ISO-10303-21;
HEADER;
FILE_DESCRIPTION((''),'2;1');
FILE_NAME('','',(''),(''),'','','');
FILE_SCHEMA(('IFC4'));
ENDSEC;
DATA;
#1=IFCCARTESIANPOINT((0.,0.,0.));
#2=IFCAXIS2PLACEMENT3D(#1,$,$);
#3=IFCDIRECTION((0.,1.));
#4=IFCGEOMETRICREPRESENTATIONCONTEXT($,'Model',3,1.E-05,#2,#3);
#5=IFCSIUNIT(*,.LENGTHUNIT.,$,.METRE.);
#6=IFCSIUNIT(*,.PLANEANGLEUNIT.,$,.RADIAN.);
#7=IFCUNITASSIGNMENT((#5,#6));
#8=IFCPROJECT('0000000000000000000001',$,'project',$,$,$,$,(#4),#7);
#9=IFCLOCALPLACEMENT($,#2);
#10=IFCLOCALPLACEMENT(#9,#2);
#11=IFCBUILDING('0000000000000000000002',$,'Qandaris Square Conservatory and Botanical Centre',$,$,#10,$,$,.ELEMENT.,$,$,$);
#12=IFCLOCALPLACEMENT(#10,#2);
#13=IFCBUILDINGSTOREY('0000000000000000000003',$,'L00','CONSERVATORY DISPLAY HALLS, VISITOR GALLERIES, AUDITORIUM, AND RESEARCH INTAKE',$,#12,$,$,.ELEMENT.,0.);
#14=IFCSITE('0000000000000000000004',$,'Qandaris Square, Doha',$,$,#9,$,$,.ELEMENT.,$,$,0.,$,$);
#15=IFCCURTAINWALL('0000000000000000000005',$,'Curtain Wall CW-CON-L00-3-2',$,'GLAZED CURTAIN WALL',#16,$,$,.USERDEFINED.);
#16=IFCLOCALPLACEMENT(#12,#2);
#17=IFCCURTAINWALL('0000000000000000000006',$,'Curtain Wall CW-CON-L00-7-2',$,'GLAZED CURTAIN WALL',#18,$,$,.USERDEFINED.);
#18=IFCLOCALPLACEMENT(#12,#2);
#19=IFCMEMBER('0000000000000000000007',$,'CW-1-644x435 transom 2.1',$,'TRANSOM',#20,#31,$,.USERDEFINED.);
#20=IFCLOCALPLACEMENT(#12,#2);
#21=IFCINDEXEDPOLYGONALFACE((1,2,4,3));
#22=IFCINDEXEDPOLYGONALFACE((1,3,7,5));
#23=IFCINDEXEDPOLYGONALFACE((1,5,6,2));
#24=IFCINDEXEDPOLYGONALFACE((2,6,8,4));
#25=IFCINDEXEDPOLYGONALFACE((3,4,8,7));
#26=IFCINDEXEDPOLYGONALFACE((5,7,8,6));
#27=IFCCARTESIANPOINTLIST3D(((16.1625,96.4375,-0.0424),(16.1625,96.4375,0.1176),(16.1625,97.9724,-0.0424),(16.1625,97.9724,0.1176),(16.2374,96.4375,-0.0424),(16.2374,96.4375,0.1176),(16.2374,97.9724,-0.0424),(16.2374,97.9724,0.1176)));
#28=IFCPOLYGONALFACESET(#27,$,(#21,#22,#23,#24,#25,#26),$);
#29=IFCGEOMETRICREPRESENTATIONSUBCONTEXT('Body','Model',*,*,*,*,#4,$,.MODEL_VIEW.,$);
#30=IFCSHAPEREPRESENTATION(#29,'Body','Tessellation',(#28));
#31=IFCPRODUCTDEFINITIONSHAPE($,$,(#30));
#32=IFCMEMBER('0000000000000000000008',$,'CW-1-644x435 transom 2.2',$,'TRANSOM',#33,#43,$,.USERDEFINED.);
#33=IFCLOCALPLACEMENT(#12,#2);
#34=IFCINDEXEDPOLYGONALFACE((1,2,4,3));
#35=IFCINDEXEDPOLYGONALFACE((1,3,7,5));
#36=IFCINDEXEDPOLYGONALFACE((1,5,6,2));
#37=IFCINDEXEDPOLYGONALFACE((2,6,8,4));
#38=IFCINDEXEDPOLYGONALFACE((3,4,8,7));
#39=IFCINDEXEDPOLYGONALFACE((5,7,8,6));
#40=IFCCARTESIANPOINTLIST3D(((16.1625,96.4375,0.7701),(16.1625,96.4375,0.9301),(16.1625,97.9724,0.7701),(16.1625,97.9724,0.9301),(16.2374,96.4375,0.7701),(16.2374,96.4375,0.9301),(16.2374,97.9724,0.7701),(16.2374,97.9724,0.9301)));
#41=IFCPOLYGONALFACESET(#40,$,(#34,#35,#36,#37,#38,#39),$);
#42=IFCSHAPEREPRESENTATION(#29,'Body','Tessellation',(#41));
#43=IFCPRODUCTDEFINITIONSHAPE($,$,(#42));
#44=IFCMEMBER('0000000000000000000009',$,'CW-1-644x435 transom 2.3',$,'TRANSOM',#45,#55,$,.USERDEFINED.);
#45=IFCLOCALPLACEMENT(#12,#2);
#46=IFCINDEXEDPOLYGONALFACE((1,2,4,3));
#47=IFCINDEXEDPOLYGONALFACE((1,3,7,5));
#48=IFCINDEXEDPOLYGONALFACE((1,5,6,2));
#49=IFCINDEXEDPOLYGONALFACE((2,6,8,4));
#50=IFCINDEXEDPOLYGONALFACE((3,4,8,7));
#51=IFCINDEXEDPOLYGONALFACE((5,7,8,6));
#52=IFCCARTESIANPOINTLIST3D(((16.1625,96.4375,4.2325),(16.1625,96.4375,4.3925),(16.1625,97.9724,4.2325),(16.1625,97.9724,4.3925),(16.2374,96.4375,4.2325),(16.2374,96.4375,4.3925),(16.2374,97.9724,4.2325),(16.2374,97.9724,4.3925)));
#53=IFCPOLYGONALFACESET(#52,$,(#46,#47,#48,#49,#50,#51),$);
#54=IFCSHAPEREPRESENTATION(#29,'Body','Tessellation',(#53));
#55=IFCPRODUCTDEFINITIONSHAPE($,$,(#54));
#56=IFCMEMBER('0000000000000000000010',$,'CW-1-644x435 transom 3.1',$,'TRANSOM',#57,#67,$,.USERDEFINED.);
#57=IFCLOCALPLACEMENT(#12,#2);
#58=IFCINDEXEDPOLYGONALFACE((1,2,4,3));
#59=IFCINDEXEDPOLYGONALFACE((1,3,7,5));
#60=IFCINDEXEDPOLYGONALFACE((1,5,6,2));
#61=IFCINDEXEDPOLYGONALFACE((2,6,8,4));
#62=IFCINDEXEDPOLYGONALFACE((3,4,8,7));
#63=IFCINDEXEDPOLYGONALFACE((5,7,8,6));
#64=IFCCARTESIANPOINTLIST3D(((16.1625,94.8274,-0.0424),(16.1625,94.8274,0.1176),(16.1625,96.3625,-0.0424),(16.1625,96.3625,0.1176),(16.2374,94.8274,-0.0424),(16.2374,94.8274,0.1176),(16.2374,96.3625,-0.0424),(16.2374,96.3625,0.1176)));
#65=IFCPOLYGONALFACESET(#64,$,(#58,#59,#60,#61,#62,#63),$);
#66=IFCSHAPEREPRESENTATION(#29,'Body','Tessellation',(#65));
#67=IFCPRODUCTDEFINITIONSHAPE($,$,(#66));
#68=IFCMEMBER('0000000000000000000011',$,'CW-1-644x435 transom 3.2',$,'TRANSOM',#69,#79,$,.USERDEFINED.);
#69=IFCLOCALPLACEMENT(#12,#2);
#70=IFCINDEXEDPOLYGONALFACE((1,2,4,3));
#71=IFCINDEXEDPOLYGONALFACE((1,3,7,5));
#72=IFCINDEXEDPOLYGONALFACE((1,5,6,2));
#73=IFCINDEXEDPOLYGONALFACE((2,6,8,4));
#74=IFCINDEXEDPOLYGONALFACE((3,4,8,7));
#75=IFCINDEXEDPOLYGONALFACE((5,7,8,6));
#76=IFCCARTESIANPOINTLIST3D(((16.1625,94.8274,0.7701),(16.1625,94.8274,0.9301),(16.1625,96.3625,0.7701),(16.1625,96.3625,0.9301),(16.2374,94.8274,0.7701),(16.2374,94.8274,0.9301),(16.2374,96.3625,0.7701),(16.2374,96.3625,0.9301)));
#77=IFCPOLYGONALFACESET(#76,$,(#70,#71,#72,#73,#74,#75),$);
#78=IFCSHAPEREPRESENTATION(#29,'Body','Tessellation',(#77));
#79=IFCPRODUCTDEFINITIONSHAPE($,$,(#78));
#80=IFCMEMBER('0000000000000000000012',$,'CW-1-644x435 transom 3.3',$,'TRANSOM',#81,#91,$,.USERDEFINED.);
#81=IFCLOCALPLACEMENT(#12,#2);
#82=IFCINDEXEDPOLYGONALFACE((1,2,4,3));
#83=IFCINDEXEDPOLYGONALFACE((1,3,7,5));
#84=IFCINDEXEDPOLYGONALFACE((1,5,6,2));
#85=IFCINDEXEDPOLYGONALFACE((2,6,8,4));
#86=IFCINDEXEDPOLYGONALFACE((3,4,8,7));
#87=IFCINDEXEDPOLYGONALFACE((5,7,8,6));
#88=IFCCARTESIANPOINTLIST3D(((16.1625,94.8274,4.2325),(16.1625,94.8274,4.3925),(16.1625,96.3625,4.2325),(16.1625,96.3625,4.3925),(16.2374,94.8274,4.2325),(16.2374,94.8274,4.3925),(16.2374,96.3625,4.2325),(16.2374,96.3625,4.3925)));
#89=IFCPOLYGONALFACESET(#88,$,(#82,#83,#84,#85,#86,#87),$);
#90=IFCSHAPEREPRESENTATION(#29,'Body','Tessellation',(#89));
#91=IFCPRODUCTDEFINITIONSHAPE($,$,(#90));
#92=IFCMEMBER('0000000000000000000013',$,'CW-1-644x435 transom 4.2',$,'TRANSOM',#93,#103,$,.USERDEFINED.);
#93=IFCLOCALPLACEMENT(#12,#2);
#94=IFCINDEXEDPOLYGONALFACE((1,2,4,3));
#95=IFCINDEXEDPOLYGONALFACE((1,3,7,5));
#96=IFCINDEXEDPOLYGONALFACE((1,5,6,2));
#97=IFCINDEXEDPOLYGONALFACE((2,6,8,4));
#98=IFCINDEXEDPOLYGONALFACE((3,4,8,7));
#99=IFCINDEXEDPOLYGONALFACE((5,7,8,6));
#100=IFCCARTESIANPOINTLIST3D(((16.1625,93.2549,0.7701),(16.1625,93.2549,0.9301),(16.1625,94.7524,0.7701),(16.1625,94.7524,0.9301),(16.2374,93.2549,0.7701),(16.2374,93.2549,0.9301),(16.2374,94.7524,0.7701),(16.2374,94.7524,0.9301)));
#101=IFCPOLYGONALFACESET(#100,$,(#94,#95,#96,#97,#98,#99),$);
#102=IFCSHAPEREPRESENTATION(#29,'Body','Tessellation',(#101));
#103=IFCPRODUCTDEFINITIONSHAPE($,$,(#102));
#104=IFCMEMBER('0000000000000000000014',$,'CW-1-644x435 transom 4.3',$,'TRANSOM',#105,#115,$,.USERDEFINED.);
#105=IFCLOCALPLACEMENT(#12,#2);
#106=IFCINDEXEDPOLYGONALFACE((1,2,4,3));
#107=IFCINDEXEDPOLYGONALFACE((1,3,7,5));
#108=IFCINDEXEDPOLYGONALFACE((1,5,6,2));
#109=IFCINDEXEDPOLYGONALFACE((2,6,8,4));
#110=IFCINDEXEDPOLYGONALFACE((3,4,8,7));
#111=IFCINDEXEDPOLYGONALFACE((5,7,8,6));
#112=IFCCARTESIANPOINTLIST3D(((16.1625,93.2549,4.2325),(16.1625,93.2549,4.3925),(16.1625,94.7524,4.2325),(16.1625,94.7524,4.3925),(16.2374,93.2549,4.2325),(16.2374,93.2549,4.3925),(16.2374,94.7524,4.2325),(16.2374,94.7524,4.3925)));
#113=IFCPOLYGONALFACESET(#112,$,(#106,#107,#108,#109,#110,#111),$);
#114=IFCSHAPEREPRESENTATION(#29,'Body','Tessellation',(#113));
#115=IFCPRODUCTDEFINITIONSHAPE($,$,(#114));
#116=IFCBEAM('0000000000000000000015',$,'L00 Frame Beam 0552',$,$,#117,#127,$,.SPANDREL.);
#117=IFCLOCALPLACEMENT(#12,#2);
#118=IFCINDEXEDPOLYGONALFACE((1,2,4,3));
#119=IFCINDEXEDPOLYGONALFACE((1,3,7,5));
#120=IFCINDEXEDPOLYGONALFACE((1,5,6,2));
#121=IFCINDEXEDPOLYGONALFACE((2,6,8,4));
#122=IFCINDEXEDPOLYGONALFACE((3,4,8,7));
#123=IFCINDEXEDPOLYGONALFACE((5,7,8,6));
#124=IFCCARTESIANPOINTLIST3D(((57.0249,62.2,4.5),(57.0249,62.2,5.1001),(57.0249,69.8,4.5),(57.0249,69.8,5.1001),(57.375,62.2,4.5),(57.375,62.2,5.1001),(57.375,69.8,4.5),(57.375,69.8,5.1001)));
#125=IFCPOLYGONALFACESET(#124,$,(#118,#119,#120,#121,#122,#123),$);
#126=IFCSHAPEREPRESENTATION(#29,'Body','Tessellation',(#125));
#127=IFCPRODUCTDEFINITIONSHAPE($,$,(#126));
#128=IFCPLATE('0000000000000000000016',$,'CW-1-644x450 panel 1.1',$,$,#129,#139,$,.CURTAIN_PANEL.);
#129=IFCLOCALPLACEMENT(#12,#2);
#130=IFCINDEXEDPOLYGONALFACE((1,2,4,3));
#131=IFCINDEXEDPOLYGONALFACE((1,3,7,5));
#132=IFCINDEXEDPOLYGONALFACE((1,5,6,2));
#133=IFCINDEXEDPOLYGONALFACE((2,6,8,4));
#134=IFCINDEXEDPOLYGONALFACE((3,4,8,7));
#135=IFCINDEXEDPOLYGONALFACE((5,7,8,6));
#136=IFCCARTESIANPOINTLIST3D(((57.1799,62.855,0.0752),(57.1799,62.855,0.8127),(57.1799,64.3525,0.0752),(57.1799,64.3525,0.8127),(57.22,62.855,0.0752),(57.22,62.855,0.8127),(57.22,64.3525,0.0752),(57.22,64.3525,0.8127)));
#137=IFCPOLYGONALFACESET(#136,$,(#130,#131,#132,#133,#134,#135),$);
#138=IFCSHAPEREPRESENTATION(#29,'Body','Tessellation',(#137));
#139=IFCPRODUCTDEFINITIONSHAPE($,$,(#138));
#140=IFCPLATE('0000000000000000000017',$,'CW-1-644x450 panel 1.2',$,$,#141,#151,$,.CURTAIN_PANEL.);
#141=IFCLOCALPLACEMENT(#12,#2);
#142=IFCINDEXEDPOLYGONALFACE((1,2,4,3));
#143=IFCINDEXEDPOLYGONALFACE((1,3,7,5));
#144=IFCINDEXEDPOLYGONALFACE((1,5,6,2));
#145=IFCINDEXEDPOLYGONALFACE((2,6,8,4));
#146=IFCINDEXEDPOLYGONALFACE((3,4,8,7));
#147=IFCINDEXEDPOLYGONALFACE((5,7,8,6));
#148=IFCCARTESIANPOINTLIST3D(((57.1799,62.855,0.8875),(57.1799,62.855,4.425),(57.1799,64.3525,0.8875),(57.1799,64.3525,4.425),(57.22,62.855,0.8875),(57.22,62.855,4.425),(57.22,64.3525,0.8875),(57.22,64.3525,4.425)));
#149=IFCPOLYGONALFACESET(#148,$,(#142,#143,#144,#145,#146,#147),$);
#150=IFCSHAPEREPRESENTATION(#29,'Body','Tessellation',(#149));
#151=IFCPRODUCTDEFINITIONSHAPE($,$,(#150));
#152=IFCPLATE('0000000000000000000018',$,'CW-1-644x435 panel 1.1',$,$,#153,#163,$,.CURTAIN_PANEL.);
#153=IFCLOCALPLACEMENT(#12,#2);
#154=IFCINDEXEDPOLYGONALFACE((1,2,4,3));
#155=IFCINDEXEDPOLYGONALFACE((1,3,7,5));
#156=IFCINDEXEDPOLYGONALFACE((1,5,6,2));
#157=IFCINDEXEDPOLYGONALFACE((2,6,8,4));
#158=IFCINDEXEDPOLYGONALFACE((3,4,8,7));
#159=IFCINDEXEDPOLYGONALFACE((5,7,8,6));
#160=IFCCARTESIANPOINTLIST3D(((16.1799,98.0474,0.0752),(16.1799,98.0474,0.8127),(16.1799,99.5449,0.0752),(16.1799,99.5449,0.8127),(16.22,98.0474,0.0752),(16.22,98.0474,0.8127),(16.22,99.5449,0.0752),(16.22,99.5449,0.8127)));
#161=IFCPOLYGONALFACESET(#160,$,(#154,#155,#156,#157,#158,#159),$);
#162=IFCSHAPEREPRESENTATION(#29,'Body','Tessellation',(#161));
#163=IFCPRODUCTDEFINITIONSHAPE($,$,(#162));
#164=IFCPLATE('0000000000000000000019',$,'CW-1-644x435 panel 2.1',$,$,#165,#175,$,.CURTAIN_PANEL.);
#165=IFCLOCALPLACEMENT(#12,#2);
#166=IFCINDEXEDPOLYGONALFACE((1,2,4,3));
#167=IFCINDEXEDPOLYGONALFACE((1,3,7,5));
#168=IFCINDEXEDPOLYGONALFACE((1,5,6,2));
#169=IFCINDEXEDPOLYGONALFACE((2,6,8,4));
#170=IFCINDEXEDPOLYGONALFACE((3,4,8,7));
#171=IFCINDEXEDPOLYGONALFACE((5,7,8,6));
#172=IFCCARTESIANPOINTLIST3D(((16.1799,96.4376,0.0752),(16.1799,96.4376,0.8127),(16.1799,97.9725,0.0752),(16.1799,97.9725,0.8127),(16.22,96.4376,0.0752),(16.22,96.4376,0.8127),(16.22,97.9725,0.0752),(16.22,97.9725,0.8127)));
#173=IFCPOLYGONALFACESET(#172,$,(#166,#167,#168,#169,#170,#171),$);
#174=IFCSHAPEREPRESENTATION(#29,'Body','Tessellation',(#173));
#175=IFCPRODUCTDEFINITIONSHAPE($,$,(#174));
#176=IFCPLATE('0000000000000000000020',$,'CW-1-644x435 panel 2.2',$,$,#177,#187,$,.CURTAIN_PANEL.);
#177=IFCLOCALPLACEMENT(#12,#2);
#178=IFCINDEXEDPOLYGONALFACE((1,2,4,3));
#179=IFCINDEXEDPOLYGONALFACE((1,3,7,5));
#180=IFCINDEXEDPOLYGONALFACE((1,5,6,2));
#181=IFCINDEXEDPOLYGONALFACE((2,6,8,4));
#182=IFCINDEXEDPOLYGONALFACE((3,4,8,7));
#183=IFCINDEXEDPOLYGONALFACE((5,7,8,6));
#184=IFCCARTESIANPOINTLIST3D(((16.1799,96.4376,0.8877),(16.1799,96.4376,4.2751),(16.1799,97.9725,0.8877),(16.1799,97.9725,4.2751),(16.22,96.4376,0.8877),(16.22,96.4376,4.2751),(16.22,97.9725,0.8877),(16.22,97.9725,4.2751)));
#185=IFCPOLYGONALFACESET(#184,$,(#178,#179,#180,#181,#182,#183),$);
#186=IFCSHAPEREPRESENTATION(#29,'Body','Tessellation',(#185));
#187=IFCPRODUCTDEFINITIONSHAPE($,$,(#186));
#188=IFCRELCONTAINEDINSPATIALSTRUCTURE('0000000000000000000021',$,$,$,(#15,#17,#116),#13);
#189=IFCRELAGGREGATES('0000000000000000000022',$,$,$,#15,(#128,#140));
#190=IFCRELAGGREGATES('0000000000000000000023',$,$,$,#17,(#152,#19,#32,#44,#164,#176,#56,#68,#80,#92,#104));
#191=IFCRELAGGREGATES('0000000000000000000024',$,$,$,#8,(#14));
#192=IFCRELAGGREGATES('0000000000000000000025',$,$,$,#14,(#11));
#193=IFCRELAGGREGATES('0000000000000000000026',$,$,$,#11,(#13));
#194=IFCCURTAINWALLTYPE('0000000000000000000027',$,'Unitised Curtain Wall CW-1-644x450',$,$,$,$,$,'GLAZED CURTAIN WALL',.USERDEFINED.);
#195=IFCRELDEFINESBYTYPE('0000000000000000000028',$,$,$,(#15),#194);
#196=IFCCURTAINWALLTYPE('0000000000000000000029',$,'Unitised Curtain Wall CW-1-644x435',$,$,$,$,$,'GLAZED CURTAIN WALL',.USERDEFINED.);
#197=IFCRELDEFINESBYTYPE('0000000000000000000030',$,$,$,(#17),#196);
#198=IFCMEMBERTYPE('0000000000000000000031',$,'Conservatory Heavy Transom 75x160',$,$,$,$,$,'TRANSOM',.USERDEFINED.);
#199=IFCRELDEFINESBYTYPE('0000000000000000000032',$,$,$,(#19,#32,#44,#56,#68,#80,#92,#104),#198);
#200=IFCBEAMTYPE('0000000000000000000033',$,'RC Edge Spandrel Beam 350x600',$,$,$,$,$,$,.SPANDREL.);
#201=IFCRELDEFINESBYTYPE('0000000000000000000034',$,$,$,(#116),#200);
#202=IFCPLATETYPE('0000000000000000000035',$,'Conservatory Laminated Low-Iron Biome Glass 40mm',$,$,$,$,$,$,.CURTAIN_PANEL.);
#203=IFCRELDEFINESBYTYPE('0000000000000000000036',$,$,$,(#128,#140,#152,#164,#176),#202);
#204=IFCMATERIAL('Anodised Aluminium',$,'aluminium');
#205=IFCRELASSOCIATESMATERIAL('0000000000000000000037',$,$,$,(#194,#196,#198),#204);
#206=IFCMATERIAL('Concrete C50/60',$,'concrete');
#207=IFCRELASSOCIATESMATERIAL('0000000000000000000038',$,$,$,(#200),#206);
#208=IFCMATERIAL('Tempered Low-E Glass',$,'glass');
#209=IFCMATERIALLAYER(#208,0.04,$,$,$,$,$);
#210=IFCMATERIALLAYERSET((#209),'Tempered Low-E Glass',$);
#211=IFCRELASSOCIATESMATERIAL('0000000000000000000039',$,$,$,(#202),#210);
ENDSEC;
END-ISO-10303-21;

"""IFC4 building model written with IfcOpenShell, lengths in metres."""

from ifc_helpers import new_model, si_unit, direction, frame, origin, origin_2d, place, context, subcontext, project, spatial, rectangle, extrude, material, layer, layer_set, material_profile, profile_set, type_object, element, aggregate, save


model = new_model("IFC4")

# Units and contexts
model_context = context("Model", 3, precision=1e-05, world=origin(), true_north=direction((0.0, 1.0)))
body_context = subcontext(model_context, "Body", "Model", "MODEL_VIEW")
ifc_project = project(units=[si_unit("LENGTHUNIT", "METRE"), si_unit("PLANEANGLEUNIT", "RADIAN")], contexts=[model_context])

# Site, building, storey
site_placement = place(None, origin())
site = spatial("IfcSite", under=ifc_project, at=site_placement, Name="Qandaris Square, Doha", CompositionType="ELEMENT", RefElevation=0.0)
building_placement = place(site_placement, origin())
building = spatial("IfcBuilding", under=site, at=building_placement, Name="Qandaris Square Conservatory and Botanical Centre", CompositionType="ELEMENT")
storey_placement = place(building_placement, origin())
storey = spatial("IfcBuildingStorey", under=building, at=storey_placement, Name="L00", Description="CONSERVATORY DISPLAY HALLS, VISITOR GALLERIES, AUDITORIUM, AND RESEARCH INTAKE", CompositionType="ELEMENT", Elevation=0.0)

# Shared definitions
ifc_material_1 = material(Name="Concrete C50/60", Category="concrete")

# Curtain walls
ifc_material_2 = material(Name="Anodised Aluminium", Category="aluminium")
curtain_wall_type_1 = type_object("IfcCurtainWallType", Name="Unitised Curtain Wall CW-1-644x450", ElementType="GLAZED CURTAIN WALL", PredefinedType="USERDEFINED", material=ifc_material_2)
curtain_wall_1_placement = place(storey_placement, origin())
curtain_wall_1 = element("IfcCurtainWall", 1, at=curtain_wall_1_placement, inside=storey, type_object=curtain_wall_type_1, Name="Curtain Wall CW-CON-L00-3-2", ObjectType="GLAZED CURTAIN WALL", PredefinedType="USERDEFINED")
curtain_wall_type_2 = type_object("IfcCurtainWallType", Name="Unitised Curtain Wall CW-1-644x435", ElementType="GLAZED CURTAIN WALL", PredefinedType="USERDEFINED", material=ifc_material_2)
curtain_wall_2_placement = place(storey_placement, origin())
curtain_wall_2 = element("IfcCurtainWall", 2, at=curtain_wall_2_placement, inside=storey, type_object=curtain_wall_type_2, Name="Curtain Wall CW-CON-L00-7-2", ObjectType="GLAZED CURTAIN WALL", PredefinedType="USERDEFINED")

# Members
ifc_material_profile_1 = material_profile(ifc_material_2, rectangle(XDim=0.075, YDim=0.1599, at=origin_2d()), Name="ALU-TRN 75x160")
ifc_profile_set_1 = profile_set([ifc_material_profile_1], Name="Anodised Aluminium")
member_type_1 = type_object("IfcMemberType", Name="Conservatory Heavy Transom 75x160", ElementType="TRANSOM", PredefinedType="USERDEFINED", material=ifc_profile_set_1)
member_1_placement = place(storey_placement, frame((16.2, 97.9724, 0.0376), z_axis=(0.0, -1.0, 0.0), x_axis=(1.0, 0.0, 0.0)))
member_1 = element("IfcMember", 3, at=member_1_placement, type_object=member_type_1, Name="CW-1-644x435 transom 2.1", ObjectType="TRANSOM", PredefinedType="USERDEFINED", context=body_context, shape_type="SweptSolid", body=[
    extrude(rectangle(XDim=0.075, YDim=0.1599, at=origin_2d()), origin(), (0.0, 0.0, 1.0), 1.5349),
])
member_2_placement = place(storey_placement, frame((16.2, 97.9724, 0.8501), z_axis=(0.0, -1.0, 0.0), x_axis=(1.0, 0.0, 0.0)))
member_2 = element("IfcMember", 4, at=member_2_placement, type_object=member_type_1, Name="CW-1-644x435 transom 2.2", ObjectType="TRANSOM", PredefinedType="USERDEFINED", context=body_context, shape_type="SweptSolid", body=[
    extrude(rectangle(XDim=0.075, YDim=0.1599, at=origin_2d()), origin(), (0.0, 0.0, 1.0), 1.5349),
])
member_3_placement = place(storey_placement, frame((16.2, 97.9724, 4.3125), z_axis=(0.0, -1.0, 0.0), x_axis=(1.0, 0.0, 0.0)))
member_3 = element("IfcMember", 5, at=member_3_placement, type_object=member_type_1, Name="CW-1-644x435 transom 2.3", ObjectType="TRANSOM", PredefinedType="USERDEFINED", context=body_context, shape_type="SweptSolid", body=[
    extrude(rectangle(XDim=0.075, YDim=0.1599, at=origin_2d()), origin(), (0.0, 0.0, 1.0), 1.5349),
])
member_4_placement = place(storey_placement, frame((16.2, 96.3625, 0.0376), z_axis=(0.0, -1.0, 0.0), x_axis=(1.0, 0.0, 0.0)))
member_4 = element("IfcMember", 6, at=member_4_placement, type_object=member_type_1, Name="CW-1-644x435 transom 3.1", ObjectType="TRANSOM", PredefinedType="USERDEFINED", context=body_context, shape_type="SweptSolid", body=[
    extrude(rectangle(XDim=0.075, YDim=0.1599, at=origin_2d()), origin(), (0.0, 0.0, 1.0), 1.5352),
])
member_5_placement = place(storey_placement, frame((16.2, 96.3625, 0.8501), z_axis=(0.0, -1.0, 0.0), x_axis=(1.0, 0.0, 0.0)))
member_5 = element("IfcMember", 7, at=member_5_placement, type_object=member_type_1, Name="CW-1-644x435 transom 3.2", ObjectType="TRANSOM", PredefinedType="USERDEFINED", context=body_context, shape_type="SweptSolid", body=[
    extrude(rectangle(XDim=0.075, YDim=0.1599, at=origin_2d()), origin(), (0.0, 0.0, 1.0), 1.5352),
])
member_6_placement = place(storey_placement, frame((16.2, 96.3625, 4.3125), z_axis=(0.0, -1.0, 0.0), x_axis=(1.0, 0.0, 0.0)))
member_6 = element("IfcMember", 8, at=member_6_placement, type_object=member_type_1, Name="CW-1-644x435 transom 3.3", ObjectType="TRANSOM", PredefinedType="USERDEFINED", context=body_context, shape_type="SweptSolid", body=[
    extrude(rectangle(XDim=0.075, YDim=0.1599, at=origin_2d()), origin(), (0.0, 0.0, 1.0), 1.5352),
])
member_7_placement = place(storey_placement, frame((16.2, 94.7524, 0.8501), z_axis=(0.0, -1.0, 0.0), x_axis=(1.0, 0.0, 0.0)))
member_7 = element("IfcMember", 9, at=member_7_placement, type_object=member_type_1, Name="CW-1-644x435 transom 4.2", ObjectType="TRANSOM", PredefinedType="USERDEFINED", context=body_context, shape_type="SweptSolid", body=[
    extrude(rectangle(XDim=0.075, YDim=0.1599, at=origin_2d()), origin(), (0.0, 0.0, 1.0), 1.4976),
])
member_8_placement = place(storey_placement, frame((16.2, 94.7524, 4.3125), z_axis=(0.0, -1.0, 0.0), x_axis=(1.0, 0.0, 0.0)))
member_8 = element("IfcMember", 10, at=member_8_placement, type_object=member_type_1, Name="CW-1-644x435 transom 4.3", ObjectType="TRANSOM", PredefinedType="USERDEFINED", context=body_context, shape_type="SweptSolid", body=[
    extrude(rectangle(XDim=0.075, YDim=0.1599, at=origin_2d()), origin(), (0.0, 0.0, 1.0), 1.4976),
])

# Beam
ifc_material_profile_2 = material_profile(ifc_material_1, rectangle(XDim=0.3501, YDim=0.6001, at=origin_2d()), Name="RC-SP 350x600")
ifc_profile_set_2 = profile_set([ifc_material_profile_2], Name="Concrete C50/60")
beam_type = type_object("IfcBeamType", Name="RC Edge Spandrel Beam 350x600", PredefinedType="SPANDREL", material=ifc_profile_set_2)
beam_placement = place(storey_placement, frame((57.2, 62.2, 4.8), z_axis=(0.0, 1.0, 0.0), x_axis=(-1.0, 0.0, 0.0)))
element("IfcBeam", 11, at=beam_placement, inside=storey, type_object=beam_type, Name="L00 Frame Beam 0552", PredefinedType="SPANDREL", context=body_context, shape_type="SweptSolid", body=[
    extrude(rectangle(XDim=0.3501, YDim=0.6001, at=origin_2d()), origin(), (0.0, 0.0, 1.0), 7.6001),
])

# Plates
ifc_material_3 = material(Name="Tempered Low-E Glass", Category="glass")
ifc_layer_1 = layer(ifc_material_3, 0.04)
ifc_layer_set_1 = layer_set([ifc_layer_1], Name="Tempered Low-E Glass")
plate_type = type_object("IfcPlateType", Name="Conservatory Laminated Low-Iron Biome Glass 40mm", PredefinedType="CURTAIN_PANEL", material=ifc_layer_set_1)
plate_1_placement = place(storey_placement, frame((57.2, 63.6038, 0.0752), z_axis=(0.0, 0.0, 1.0), x_axis=(0.0, 1.0, 0.0)))
plate_1 = element("IfcPlate", 12, at=plate_1_placement, type_object=plate_type, Name="CW-1-644x450 panel 1.1", PredefinedType="CURTAIN_PANEL", context=body_context, shape_type="SweptSolid", body=[
    extrude(rectangle(XDim=1.4976, YDim=0.04, at=origin_2d()), origin(), (0.0, 0.0, 1.0), 0.7375),
])
plate_2_placement = place(storey_placement, frame((57.2, 63.6038, 0.8875), z_axis=(0.0, 0.0, 1.0), x_axis=(0.0, 1.0, 0.0)))
plate_2 = element("IfcPlate", 13, at=plate_2_placement, type_object=plate_type, Name="CW-1-644x450 panel 1.2", PredefinedType="CURTAIN_PANEL", context=body_context, shape_type="SweptSolid", body=[
    extrude(rectangle(XDim=1.4976, YDim=0.04, at=origin_2d()), origin(), (0.0, 0.0, 1.0), 3.5376),
])
aggregate(curtain_wall_1, [plate_1, plate_2])
plate_3_placement = place(storey_placement, frame((16.2, 98.7961, 0.0752), z_axis=(0.0, 0.0, 1.0), x_axis=(0.0, -1.0, 0.0)))
plate_3 = element("IfcPlate", 14, at=plate_3_placement, type_object=plate_type, Name="CW-1-644x435 panel 1.1", PredefinedType="CURTAIN_PANEL", context=body_context, shape_type="SweptSolid", body=[
    extrude(rectangle(XDim=1.4976, YDim=0.04, at=origin_2d()), origin(), (0.0, 0.0, 1.0), 0.7375),
])
plate_4_placement = place(storey_placement, frame((16.2, 97.2051, 0.0752), z_axis=(0.0, 0.0, 1.0), x_axis=(0.0, -1.0, 0.0)))
plate_4 = element("IfcPlate", 15, at=plate_4_placement, type_object=plate_type, Name="CW-1-644x435 panel 2.1", PredefinedType="CURTAIN_PANEL", context=body_context, shape_type="SweptSolid", body=[
    extrude(rectangle(XDim=1.5349, YDim=0.04, at=origin_2d()), origin(), (0.0, 0.0, 1.0), 0.7375),
])
plate_5_placement = place(storey_placement, frame((16.2, 97.2051, 0.8877), z_axis=(0.0, 0.0, 1.0), x_axis=(0.0, -1.0, 0.0)))
plate_5 = element("IfcPlate", 16, at=plate_5_placement, type_object=plate_type, Name="CW-1-644x435 panel 2.2", PredefinedType="CURTAIN_PANEL", context=body_context, shape_type="SweptSolid", body=[
    extrude(rectangle(XDim=1.5349, YDim=0.04, at=origin_2d()), origin(), (0.0, 0.0, 1.0), 3.3875),
])
aggregate(curtain_wall_2, [plate_3, member_1, member_2, member_3, plate_4, plate_5, member_4, member_5, member_6, member_7, member_8])

save(model, "model.ifc")
